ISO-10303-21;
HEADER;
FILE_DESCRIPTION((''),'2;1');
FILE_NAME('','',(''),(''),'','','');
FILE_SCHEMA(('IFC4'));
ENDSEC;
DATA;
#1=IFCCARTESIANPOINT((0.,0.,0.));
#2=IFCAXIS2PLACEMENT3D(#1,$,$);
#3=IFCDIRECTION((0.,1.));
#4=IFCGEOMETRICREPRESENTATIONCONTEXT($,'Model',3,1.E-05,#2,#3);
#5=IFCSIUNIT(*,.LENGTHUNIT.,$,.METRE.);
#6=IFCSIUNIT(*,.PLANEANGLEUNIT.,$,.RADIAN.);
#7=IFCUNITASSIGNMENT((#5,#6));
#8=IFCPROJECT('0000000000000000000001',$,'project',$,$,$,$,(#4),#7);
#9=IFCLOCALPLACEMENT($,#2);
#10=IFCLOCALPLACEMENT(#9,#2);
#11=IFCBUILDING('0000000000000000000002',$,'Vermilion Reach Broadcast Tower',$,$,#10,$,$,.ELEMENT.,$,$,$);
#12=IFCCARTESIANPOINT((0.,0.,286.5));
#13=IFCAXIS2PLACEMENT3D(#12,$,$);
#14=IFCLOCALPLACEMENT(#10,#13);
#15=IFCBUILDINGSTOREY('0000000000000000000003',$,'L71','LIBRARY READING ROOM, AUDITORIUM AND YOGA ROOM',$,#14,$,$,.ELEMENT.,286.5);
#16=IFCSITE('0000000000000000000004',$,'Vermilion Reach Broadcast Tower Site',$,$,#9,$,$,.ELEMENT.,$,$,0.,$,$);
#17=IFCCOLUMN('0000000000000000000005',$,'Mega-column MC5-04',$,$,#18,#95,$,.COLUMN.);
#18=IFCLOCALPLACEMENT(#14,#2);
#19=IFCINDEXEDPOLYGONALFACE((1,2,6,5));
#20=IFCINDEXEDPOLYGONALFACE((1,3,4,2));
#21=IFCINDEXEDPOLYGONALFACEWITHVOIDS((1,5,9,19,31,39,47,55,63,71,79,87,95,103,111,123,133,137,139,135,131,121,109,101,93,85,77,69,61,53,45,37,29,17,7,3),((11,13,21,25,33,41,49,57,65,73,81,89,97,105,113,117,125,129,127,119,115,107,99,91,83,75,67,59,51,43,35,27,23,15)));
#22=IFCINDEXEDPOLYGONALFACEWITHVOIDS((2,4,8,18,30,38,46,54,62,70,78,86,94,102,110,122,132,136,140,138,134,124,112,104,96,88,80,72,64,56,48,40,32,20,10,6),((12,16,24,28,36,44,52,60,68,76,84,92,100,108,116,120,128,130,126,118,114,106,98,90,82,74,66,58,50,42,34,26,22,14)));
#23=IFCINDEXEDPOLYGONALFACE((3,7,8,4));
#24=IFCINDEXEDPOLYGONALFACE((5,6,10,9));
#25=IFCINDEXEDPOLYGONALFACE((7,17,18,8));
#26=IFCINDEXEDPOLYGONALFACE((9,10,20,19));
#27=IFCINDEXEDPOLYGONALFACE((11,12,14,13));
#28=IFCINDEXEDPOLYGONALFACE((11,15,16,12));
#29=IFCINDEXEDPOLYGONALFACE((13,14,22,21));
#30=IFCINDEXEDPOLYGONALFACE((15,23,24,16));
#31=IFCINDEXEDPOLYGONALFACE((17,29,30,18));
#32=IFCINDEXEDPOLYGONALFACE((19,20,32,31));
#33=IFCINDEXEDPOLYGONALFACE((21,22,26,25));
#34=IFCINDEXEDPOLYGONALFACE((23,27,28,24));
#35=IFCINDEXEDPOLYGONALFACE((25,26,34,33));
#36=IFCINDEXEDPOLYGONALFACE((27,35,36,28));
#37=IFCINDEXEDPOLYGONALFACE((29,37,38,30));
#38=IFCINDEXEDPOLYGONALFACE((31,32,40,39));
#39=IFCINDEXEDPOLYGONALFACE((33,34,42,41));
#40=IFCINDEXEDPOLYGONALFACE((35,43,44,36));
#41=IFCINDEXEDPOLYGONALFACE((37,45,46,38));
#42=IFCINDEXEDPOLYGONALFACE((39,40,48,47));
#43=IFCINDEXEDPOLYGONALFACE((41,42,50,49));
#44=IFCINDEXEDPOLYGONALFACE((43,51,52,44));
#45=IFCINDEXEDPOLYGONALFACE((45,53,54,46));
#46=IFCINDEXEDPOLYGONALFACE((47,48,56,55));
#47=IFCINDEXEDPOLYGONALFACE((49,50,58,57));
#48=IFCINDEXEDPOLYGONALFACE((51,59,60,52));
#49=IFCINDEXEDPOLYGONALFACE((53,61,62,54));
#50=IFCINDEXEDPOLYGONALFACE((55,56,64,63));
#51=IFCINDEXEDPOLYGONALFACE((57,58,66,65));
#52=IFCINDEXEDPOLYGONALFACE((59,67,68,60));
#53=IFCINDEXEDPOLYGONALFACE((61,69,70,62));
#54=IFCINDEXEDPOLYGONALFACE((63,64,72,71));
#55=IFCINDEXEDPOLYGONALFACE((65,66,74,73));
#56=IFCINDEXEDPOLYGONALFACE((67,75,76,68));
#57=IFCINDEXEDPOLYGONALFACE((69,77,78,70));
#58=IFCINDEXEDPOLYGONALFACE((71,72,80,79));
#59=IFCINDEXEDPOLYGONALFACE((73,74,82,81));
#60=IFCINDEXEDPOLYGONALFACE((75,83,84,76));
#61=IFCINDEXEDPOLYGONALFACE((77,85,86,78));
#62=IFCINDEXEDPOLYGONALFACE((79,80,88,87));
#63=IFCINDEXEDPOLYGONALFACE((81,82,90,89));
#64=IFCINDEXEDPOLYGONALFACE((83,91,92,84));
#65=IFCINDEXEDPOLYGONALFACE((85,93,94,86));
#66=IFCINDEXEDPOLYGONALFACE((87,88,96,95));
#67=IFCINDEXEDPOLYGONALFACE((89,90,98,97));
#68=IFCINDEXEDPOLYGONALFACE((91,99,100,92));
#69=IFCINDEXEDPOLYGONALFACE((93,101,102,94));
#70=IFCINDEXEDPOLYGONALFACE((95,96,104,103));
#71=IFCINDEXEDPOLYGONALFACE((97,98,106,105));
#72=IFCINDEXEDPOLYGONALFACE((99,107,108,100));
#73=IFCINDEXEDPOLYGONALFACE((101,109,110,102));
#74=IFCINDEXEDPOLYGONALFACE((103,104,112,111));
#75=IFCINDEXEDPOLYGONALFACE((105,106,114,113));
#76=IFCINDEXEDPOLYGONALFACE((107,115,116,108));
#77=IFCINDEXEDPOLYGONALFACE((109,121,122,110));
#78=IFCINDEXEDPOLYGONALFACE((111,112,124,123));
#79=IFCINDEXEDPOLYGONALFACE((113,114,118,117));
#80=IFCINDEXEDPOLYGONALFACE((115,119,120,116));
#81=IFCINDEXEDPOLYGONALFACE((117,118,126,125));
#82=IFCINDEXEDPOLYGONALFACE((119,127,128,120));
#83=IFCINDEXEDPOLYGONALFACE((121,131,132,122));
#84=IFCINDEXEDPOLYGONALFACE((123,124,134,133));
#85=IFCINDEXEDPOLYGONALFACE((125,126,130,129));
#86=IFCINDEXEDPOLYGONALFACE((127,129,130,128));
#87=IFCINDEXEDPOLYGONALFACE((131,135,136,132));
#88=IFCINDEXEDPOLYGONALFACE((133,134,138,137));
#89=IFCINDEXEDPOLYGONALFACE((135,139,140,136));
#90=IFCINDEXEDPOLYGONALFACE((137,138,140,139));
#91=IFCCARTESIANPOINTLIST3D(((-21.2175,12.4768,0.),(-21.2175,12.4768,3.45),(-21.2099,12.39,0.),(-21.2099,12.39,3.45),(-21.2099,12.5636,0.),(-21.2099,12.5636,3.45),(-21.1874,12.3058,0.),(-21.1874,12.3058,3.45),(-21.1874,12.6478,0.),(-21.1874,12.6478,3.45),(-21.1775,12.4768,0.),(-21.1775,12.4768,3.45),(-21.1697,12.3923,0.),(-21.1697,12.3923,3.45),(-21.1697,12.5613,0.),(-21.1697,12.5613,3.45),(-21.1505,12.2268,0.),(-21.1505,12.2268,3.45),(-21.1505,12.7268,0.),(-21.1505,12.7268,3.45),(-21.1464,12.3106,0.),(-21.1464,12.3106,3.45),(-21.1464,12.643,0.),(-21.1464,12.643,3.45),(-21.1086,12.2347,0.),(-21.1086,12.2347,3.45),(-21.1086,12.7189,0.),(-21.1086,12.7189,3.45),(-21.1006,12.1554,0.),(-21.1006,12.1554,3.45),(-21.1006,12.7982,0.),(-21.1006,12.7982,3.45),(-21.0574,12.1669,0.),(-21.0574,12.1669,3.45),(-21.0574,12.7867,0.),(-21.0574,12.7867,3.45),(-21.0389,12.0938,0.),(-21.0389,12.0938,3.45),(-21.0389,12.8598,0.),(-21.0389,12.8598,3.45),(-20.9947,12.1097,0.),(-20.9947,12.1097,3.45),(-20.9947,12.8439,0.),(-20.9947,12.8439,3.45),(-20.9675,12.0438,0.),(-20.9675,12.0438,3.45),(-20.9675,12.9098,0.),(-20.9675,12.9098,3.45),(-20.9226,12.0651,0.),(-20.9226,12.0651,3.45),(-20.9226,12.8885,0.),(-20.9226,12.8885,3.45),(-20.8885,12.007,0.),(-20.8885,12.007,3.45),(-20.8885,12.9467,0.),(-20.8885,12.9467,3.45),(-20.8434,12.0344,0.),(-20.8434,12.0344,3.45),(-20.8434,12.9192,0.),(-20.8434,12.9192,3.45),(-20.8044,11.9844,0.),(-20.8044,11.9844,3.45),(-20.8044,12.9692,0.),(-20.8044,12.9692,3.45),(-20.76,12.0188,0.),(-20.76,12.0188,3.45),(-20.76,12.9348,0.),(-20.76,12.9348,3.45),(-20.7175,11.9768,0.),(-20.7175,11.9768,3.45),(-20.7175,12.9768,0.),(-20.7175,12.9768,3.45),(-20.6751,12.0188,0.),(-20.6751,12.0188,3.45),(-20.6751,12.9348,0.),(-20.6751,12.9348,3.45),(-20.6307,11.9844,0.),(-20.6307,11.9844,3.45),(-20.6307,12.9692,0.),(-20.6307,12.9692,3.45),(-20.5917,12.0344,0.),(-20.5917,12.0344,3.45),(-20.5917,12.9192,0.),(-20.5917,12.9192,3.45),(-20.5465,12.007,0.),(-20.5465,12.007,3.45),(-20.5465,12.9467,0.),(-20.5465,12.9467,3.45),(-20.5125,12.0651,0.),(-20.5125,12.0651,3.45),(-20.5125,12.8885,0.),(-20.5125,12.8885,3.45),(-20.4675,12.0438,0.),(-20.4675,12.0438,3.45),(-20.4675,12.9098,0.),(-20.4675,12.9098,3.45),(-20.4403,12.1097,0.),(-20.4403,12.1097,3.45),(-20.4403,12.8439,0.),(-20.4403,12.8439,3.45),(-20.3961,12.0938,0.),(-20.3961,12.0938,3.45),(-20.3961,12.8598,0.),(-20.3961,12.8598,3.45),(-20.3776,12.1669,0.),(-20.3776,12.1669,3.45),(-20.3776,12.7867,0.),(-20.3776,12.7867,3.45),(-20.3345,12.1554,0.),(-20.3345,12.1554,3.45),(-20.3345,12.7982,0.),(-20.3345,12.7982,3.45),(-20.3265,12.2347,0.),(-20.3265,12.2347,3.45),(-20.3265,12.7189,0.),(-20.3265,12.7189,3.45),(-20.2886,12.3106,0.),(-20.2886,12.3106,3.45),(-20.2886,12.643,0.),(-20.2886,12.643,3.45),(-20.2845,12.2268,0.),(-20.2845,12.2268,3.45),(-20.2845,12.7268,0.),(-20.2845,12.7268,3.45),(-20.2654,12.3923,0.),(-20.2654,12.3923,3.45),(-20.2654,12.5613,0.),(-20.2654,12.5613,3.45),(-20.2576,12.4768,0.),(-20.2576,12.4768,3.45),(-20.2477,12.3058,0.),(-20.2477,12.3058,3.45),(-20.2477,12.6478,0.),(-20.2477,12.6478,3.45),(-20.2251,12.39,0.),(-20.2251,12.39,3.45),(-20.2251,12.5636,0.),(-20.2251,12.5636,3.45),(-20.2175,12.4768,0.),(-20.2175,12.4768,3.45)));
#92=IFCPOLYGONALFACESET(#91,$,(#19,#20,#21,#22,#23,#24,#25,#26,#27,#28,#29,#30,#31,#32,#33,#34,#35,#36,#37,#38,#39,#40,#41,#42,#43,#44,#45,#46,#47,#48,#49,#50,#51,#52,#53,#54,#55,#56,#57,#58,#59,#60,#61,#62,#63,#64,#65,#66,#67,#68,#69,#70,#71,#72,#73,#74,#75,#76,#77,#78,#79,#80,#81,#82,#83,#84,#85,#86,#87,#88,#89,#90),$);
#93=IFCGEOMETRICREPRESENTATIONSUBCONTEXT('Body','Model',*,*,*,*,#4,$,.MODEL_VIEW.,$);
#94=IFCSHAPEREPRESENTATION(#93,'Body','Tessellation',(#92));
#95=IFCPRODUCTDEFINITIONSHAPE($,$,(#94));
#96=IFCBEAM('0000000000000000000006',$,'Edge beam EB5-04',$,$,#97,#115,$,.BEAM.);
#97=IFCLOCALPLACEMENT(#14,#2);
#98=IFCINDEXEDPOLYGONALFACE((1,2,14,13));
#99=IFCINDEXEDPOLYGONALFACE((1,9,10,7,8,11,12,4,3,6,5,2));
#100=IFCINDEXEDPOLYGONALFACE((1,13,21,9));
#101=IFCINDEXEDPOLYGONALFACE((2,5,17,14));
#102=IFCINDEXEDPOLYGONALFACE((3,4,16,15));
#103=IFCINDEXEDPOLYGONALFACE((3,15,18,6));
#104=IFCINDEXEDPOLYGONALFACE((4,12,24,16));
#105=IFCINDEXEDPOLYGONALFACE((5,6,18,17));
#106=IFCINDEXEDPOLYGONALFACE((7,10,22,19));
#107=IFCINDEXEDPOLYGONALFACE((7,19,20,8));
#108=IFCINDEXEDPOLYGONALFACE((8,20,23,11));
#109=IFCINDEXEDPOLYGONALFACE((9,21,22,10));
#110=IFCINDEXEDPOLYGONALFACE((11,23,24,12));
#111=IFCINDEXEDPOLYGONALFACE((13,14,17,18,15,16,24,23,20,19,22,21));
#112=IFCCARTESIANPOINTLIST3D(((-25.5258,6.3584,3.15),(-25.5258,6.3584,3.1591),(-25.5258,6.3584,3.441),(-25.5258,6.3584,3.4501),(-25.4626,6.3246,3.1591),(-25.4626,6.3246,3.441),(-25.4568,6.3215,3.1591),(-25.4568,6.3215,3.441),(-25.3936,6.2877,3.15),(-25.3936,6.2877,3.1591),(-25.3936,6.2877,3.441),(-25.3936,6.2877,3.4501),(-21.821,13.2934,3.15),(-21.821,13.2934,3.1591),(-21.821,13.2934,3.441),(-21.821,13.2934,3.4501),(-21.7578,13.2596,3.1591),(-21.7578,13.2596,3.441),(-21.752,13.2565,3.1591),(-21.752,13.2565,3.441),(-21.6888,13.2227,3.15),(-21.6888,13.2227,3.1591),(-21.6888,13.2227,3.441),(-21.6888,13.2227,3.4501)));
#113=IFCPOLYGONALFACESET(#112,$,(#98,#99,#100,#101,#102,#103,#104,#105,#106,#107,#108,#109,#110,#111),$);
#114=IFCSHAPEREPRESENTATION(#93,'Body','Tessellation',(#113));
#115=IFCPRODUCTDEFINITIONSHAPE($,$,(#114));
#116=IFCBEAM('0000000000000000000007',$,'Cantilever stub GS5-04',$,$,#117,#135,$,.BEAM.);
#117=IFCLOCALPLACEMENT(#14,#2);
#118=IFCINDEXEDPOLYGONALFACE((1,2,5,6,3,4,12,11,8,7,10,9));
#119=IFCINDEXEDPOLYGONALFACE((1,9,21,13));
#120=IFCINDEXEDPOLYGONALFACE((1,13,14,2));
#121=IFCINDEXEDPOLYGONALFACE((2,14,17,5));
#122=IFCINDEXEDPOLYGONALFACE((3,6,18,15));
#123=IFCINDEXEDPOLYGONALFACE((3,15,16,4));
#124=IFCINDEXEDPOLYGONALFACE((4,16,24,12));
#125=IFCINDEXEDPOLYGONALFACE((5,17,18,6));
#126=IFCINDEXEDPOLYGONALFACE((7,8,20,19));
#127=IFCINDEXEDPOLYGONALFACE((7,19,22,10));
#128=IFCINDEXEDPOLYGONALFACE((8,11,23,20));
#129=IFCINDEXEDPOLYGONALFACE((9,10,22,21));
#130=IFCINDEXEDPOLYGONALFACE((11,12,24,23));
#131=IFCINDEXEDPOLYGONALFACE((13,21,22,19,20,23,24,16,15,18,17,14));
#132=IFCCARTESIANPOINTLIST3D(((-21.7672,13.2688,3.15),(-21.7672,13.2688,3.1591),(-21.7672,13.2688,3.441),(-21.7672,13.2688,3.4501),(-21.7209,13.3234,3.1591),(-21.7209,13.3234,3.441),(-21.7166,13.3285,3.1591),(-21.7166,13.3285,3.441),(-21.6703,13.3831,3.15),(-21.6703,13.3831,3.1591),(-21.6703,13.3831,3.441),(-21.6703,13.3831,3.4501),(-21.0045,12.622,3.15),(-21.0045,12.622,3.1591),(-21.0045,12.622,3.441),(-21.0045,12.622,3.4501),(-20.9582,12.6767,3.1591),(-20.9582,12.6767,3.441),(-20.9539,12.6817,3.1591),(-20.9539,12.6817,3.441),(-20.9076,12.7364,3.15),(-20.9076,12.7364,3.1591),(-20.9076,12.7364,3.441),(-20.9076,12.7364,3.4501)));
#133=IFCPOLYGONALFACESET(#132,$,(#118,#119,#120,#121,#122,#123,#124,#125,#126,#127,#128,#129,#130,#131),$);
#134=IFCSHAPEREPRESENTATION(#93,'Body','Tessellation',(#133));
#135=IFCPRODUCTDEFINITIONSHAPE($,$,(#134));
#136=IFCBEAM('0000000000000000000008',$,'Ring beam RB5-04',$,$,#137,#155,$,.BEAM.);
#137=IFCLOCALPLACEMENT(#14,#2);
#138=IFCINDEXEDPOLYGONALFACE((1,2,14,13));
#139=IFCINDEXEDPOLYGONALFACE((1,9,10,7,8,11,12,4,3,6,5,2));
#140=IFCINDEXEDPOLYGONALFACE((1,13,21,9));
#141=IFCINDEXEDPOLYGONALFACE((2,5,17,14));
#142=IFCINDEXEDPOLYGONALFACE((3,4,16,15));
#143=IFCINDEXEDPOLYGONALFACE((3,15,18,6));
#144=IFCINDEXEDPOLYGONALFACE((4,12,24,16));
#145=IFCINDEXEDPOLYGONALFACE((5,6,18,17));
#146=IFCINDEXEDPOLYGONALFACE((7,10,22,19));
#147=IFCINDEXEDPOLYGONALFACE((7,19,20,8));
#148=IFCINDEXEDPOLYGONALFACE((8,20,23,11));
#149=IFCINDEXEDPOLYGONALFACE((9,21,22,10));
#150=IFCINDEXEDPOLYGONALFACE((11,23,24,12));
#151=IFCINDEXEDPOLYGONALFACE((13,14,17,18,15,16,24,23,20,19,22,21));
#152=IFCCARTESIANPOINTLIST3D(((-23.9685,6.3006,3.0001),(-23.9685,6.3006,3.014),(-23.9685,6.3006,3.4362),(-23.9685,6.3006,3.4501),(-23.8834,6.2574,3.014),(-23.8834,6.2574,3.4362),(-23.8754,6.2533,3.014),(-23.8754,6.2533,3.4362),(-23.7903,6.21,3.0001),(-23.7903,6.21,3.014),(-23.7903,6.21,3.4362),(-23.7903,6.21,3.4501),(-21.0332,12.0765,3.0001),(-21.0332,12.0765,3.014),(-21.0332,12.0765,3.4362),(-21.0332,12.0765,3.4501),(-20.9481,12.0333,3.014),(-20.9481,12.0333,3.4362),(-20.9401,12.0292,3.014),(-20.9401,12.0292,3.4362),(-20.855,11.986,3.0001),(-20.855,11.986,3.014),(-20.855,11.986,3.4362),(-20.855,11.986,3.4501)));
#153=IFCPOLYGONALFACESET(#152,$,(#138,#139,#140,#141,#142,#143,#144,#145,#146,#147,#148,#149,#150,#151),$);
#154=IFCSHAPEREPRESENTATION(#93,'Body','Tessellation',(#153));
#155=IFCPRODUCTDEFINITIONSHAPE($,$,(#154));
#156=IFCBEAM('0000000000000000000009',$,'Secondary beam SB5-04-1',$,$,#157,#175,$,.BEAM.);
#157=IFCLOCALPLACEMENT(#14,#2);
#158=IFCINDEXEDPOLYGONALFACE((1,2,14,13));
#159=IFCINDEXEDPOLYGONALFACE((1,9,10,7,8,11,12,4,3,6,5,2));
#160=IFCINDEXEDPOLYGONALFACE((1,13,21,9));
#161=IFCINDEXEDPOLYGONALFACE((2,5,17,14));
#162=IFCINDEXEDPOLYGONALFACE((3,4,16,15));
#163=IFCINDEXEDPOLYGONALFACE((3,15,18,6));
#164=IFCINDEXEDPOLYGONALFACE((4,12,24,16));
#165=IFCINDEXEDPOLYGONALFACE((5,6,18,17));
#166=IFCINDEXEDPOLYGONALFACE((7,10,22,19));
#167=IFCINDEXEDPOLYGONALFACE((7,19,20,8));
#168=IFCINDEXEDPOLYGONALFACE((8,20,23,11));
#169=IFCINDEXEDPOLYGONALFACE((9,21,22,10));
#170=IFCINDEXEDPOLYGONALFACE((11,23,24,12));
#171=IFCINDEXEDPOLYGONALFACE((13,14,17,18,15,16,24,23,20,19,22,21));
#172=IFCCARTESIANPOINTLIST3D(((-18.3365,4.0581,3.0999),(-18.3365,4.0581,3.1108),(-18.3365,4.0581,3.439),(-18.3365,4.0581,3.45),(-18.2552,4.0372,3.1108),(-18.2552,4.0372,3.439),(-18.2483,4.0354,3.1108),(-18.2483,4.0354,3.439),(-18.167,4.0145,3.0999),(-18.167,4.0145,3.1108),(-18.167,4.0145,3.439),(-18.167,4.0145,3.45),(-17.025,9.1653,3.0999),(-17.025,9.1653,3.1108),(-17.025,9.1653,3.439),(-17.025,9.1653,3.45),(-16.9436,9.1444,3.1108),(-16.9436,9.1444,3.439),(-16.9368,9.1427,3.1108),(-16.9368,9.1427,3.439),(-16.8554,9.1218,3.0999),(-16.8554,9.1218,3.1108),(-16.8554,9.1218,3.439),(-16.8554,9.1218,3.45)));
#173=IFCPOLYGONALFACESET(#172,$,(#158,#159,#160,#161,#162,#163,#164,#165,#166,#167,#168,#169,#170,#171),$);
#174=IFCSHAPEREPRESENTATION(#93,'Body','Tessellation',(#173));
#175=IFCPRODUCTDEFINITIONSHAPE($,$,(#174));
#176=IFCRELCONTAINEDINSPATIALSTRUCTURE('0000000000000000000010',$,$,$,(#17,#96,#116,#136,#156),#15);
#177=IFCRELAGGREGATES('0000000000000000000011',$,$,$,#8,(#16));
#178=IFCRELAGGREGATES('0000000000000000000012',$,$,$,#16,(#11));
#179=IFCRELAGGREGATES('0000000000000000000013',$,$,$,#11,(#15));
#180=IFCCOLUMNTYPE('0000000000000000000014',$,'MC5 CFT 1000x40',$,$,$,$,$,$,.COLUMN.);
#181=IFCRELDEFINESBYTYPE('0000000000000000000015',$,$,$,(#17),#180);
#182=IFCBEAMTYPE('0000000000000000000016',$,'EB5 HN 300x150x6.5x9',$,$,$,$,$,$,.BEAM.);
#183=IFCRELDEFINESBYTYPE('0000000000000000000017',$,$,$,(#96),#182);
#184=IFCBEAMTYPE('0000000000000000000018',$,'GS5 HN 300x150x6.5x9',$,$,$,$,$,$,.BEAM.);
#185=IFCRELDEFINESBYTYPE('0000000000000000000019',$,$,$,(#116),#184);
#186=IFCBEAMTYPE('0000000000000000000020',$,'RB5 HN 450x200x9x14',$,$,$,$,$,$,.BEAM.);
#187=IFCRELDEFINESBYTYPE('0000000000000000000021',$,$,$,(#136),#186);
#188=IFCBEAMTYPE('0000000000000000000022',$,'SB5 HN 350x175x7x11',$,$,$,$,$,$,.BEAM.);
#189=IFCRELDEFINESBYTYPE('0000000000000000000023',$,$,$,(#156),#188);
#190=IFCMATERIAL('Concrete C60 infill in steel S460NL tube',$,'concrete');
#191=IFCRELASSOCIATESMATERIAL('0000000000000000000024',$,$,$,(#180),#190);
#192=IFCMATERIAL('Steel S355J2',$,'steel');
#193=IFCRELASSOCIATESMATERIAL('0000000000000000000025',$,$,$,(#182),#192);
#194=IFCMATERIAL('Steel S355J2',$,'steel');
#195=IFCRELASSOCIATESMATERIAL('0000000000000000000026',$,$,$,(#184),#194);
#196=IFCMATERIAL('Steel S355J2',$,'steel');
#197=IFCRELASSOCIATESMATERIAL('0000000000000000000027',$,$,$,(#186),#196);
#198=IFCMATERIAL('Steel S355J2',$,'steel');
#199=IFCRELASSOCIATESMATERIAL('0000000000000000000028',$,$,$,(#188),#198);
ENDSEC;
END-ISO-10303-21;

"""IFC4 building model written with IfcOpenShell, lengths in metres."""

from ifc_helpers import new_model, si_unit, direction, frame, origin, origin_2d, place, context, subcontext, project, spatial, hollow_circle, i_section, extrude, material, material_profile, profile_set, type_object, element, save


model = new_model("IFC4")

# Units and contexts
model_context = context("Model", 3, precision=1e-05, world=origin(), true_north=direction((0.0, 1.0)))
body_context = subcontext(model_context, "Body", "Model", "MODEL_VIEW")
ifc_project = project(units=[si_unit("LENGTHUNIT", "METRE"), si_unit("PLANEANGLEUNIT", "RADIAN")], contexts=[model_context])

# Site, building, storey
site_placement = place(None, origin())
site = spatial("IfcSite", under=ifc_project, at=site_placement, Name="Vermilion Reach Broadcast Tower Site", CompositionType="ELEMENT", RefElevation=0.0)
building_placement = place(site_placement, origin())
building = spatial("IfcBuilding", under=site, at=building_placement, Name="Vermilion Reach Broadcast Tower", CompositionType="ELEMENT")
storey_placement = place(building_placement, frame((0.0, 0.0, 286.5)))
storey = spatial("IfcBuildingStorey", under=building, at=storey_placement, Name="L71", Description="LIBRARY READING ROOM, AUDITORIUM AND YOGA ROOM", CompositionType="ELEMENT", Elevation=286.5)

# Column
ifc_material_1 = material(Name="Concrete C60 infill in steel S460NL tube", Category="concrete")
ifc_material_profile_1 = material_profile(ifc_material_1, hollow_circle(Radius=0.5, WallThickness=0.04, at=origin_2d()), Name="Concrete C60 infill in steel S460NL tube CFT 1000x40")
ifc_profile_set_1 = profile_set([ifc_material_profile_1], Name="Concrete C60 infill in steel S460NL tube")
column_type = type_object("IfcColumnType", Name="MC5 CFT 1000x40", PredefinedType="COLUMN", material=ifc_profile_set_1)
column_placement = place(storey_placement, frame((-20.7175, 12.4768, 0.0), z_axis=(0.0, 0.0, 1.0), x_axis=(1.0, 0.0, 0.0)))
element("IfcColumn", 1, at=column_placement, inside=storey, type_object=column_type, Name="Mega-column MC5-04", PredefinedType="COLUMN", context=body_context, shape_type="SweptSolid", body=[
    extrude(hollow_circle(Radius=0.5, WallThickness=0.04, at=origin_2d()), origin(), (0.0, 0.0, 1.0), 3.45),
])

# Beams
ifc_material_2 = material(Name="Steel S355J2", Category="steel")
ifc_material_profile_2 = material_profile(ifc_material_2, i_section(OverallWidth=0.1499, OverallDepth=0.3, WebThickness=0.0066, FlangeThickness=0.009, at=origin_2d()), Name="S355J2 HN 300x150x6.5x9")
ifc_profile_set_2 = profile_set([ifc_material_profile_2], Name="Steel S355J2")
beam_type_1 = type_object("IfcBeamType", Name="EB5 HN 300x150x6.5x9", PredefinedType="BEAM", material=ifc_profile_set_2)
beam_1_placement = place(storey_placement, frame((-21.7549, 13.2581, 3.3), z_axis=(-0.471196, -0.882029, 0.0), x_axis=(0.882029, -0.471196, 0.0)))
element("IfcBeam", 2, at=beam_1_placement, inside=storey, type_object=beam_type_1, Name="Edge beam EB5-04", PredefinedType="BEAM", context=body_context, shape_type="SweptSolid", body=[
    extrude(i_section(OverallWidth=0.1499, OverallDepth=0.3, WebThickness=0.0066, FlangeThickness=0.009, at=origin_2d()), origin(), (0.0, 0.0, 1.0), 7.8625),
])
ifc_material_3 = material(Name="Steel S355J2", Category="steel")
ifc_material_profile_3 = material_profile(ifc_material_3, i_section(OverallWidth=0.1499, OverallDepth=0.3, WebThickness=0.0066, FlangeThickness=0.009, at=origin_2d()), Name="S355J2 HN 300x150x6.5x9")
ifc_profile_set_3 = profile_set([ifc_material_profile_3], Name="Steel S355J2")
beam_type_2 = type_object("IfcBeamType", Name="GS5 HN 300x150x6.5x9", PredefinedType="BEAM", material=ifc_profile_set_3)
beam_2_placement = place(storey_placement, frame((-20.9561, 12.6792, 3.3), z_axis=(-0.76271, 0.646741, 0.0), x_axis=(-0.646741, -0.76271, 0.0)))
element("IfcBeam", 3, at=beam_2_placement, inside=storey, type_object=beam_type_2, Name="Cantilever stub GS5-04", PredefinedType="BEAM", context=body_context, shape_type="SweptSolid", body=[
    extrude(i_section(OverallWidth=0.1499, OverallDepth=0.3, WebThickness=0.0066, FlangeThickness=0.009, at=origin_2d()), origin(), (0.0, 0.0, 1.0), 1.0),
])
ifc_material_4 = material(Name="Steel S355J2", Category="steel")
ifc_material_profile_4 = material_profile(ifc_material_4, i_section(OverallWidth=0.2, OverallDepth=0.45, WebThickness=0.009, FlangeThickness=0.0139, at=origin_2d()), Name="S355J2 HN 450x200x9x14")
ifc_profile_set_4 = profile_set([ifc_material_profile_4], Name="Steel S355J2")
beam_type_3 = type_object("IfcBeamType", Name="RB5 HN 450x200x9x14", PredefinedType="BEAM", material=ifc_profile_set_4)
beam_3_placement = place(storey_placement, frame((-20.9441, 12.0312, 3.2251), z_axis=(-0.453052, -0.891484, 0.0), x_axis=(0.891484, -0.453052, 0.0)))
element("IfcBeam", 4, at=beam_3_placement, inside=storey, type_object=beam_type_3, Name="Ring beam RB5-04", PredefinedType="BEAM", context=body_context, shape_type="SweptSolid", body=[
    extrude(i_section(OverallWidth=0.2, OverallDepth=0.45, WebThickness=0.009, FlangeThickness=0.0139, at=origin_2d()), origin(), (0.0, 0.0, 1.0), 6.479),
])
ifc_material_5 = material(Name="Steel S355J2", Category="steel")
ifc_material_profile_5 = material_profile(ifc_material_5, i_section(OverallWidth=0.175, OverallDepth=0.3501, WebThickness=0.0071, FlangeThickness=0.011, at=origin_2d()), Name="S355J2 HN 350x175x7x11")
ifc_profile_set_5 = profile_set([ifc_material_profile_5], Name="Steel S355J2")
beam_type_4 = type_object("IfcBeamType", Name="SB5 HN 350x175x7x11", PredefinedType="BEAM", material=ifc_profile_set_5)
beam_4_placement = place(storey_placement, frame((-16.9402, 9.1436, 3.2749), z_axis=(-0.24873, -0.968573, 0.0), x_axis=(0.968573, -0.24873, 0.0)))
element("IfcBeam", 5, at=beam_4_placement, inside=storey, type_object=beam_type_4, Name="Secondary beam SB5-04-1", PredefinedType="BEAM", context=body_context, shape_type="SweptSolid", body=[
    extrude(i_section(OverallWidth=0.175, OverallDepth=0.3501, WebThickness=0.0071, FlangeThickness=0.011, at=origin_2d()), origin(), (0.0, 0.0, 1.0), 5.2729),
])

save(model, "model.ifc")
